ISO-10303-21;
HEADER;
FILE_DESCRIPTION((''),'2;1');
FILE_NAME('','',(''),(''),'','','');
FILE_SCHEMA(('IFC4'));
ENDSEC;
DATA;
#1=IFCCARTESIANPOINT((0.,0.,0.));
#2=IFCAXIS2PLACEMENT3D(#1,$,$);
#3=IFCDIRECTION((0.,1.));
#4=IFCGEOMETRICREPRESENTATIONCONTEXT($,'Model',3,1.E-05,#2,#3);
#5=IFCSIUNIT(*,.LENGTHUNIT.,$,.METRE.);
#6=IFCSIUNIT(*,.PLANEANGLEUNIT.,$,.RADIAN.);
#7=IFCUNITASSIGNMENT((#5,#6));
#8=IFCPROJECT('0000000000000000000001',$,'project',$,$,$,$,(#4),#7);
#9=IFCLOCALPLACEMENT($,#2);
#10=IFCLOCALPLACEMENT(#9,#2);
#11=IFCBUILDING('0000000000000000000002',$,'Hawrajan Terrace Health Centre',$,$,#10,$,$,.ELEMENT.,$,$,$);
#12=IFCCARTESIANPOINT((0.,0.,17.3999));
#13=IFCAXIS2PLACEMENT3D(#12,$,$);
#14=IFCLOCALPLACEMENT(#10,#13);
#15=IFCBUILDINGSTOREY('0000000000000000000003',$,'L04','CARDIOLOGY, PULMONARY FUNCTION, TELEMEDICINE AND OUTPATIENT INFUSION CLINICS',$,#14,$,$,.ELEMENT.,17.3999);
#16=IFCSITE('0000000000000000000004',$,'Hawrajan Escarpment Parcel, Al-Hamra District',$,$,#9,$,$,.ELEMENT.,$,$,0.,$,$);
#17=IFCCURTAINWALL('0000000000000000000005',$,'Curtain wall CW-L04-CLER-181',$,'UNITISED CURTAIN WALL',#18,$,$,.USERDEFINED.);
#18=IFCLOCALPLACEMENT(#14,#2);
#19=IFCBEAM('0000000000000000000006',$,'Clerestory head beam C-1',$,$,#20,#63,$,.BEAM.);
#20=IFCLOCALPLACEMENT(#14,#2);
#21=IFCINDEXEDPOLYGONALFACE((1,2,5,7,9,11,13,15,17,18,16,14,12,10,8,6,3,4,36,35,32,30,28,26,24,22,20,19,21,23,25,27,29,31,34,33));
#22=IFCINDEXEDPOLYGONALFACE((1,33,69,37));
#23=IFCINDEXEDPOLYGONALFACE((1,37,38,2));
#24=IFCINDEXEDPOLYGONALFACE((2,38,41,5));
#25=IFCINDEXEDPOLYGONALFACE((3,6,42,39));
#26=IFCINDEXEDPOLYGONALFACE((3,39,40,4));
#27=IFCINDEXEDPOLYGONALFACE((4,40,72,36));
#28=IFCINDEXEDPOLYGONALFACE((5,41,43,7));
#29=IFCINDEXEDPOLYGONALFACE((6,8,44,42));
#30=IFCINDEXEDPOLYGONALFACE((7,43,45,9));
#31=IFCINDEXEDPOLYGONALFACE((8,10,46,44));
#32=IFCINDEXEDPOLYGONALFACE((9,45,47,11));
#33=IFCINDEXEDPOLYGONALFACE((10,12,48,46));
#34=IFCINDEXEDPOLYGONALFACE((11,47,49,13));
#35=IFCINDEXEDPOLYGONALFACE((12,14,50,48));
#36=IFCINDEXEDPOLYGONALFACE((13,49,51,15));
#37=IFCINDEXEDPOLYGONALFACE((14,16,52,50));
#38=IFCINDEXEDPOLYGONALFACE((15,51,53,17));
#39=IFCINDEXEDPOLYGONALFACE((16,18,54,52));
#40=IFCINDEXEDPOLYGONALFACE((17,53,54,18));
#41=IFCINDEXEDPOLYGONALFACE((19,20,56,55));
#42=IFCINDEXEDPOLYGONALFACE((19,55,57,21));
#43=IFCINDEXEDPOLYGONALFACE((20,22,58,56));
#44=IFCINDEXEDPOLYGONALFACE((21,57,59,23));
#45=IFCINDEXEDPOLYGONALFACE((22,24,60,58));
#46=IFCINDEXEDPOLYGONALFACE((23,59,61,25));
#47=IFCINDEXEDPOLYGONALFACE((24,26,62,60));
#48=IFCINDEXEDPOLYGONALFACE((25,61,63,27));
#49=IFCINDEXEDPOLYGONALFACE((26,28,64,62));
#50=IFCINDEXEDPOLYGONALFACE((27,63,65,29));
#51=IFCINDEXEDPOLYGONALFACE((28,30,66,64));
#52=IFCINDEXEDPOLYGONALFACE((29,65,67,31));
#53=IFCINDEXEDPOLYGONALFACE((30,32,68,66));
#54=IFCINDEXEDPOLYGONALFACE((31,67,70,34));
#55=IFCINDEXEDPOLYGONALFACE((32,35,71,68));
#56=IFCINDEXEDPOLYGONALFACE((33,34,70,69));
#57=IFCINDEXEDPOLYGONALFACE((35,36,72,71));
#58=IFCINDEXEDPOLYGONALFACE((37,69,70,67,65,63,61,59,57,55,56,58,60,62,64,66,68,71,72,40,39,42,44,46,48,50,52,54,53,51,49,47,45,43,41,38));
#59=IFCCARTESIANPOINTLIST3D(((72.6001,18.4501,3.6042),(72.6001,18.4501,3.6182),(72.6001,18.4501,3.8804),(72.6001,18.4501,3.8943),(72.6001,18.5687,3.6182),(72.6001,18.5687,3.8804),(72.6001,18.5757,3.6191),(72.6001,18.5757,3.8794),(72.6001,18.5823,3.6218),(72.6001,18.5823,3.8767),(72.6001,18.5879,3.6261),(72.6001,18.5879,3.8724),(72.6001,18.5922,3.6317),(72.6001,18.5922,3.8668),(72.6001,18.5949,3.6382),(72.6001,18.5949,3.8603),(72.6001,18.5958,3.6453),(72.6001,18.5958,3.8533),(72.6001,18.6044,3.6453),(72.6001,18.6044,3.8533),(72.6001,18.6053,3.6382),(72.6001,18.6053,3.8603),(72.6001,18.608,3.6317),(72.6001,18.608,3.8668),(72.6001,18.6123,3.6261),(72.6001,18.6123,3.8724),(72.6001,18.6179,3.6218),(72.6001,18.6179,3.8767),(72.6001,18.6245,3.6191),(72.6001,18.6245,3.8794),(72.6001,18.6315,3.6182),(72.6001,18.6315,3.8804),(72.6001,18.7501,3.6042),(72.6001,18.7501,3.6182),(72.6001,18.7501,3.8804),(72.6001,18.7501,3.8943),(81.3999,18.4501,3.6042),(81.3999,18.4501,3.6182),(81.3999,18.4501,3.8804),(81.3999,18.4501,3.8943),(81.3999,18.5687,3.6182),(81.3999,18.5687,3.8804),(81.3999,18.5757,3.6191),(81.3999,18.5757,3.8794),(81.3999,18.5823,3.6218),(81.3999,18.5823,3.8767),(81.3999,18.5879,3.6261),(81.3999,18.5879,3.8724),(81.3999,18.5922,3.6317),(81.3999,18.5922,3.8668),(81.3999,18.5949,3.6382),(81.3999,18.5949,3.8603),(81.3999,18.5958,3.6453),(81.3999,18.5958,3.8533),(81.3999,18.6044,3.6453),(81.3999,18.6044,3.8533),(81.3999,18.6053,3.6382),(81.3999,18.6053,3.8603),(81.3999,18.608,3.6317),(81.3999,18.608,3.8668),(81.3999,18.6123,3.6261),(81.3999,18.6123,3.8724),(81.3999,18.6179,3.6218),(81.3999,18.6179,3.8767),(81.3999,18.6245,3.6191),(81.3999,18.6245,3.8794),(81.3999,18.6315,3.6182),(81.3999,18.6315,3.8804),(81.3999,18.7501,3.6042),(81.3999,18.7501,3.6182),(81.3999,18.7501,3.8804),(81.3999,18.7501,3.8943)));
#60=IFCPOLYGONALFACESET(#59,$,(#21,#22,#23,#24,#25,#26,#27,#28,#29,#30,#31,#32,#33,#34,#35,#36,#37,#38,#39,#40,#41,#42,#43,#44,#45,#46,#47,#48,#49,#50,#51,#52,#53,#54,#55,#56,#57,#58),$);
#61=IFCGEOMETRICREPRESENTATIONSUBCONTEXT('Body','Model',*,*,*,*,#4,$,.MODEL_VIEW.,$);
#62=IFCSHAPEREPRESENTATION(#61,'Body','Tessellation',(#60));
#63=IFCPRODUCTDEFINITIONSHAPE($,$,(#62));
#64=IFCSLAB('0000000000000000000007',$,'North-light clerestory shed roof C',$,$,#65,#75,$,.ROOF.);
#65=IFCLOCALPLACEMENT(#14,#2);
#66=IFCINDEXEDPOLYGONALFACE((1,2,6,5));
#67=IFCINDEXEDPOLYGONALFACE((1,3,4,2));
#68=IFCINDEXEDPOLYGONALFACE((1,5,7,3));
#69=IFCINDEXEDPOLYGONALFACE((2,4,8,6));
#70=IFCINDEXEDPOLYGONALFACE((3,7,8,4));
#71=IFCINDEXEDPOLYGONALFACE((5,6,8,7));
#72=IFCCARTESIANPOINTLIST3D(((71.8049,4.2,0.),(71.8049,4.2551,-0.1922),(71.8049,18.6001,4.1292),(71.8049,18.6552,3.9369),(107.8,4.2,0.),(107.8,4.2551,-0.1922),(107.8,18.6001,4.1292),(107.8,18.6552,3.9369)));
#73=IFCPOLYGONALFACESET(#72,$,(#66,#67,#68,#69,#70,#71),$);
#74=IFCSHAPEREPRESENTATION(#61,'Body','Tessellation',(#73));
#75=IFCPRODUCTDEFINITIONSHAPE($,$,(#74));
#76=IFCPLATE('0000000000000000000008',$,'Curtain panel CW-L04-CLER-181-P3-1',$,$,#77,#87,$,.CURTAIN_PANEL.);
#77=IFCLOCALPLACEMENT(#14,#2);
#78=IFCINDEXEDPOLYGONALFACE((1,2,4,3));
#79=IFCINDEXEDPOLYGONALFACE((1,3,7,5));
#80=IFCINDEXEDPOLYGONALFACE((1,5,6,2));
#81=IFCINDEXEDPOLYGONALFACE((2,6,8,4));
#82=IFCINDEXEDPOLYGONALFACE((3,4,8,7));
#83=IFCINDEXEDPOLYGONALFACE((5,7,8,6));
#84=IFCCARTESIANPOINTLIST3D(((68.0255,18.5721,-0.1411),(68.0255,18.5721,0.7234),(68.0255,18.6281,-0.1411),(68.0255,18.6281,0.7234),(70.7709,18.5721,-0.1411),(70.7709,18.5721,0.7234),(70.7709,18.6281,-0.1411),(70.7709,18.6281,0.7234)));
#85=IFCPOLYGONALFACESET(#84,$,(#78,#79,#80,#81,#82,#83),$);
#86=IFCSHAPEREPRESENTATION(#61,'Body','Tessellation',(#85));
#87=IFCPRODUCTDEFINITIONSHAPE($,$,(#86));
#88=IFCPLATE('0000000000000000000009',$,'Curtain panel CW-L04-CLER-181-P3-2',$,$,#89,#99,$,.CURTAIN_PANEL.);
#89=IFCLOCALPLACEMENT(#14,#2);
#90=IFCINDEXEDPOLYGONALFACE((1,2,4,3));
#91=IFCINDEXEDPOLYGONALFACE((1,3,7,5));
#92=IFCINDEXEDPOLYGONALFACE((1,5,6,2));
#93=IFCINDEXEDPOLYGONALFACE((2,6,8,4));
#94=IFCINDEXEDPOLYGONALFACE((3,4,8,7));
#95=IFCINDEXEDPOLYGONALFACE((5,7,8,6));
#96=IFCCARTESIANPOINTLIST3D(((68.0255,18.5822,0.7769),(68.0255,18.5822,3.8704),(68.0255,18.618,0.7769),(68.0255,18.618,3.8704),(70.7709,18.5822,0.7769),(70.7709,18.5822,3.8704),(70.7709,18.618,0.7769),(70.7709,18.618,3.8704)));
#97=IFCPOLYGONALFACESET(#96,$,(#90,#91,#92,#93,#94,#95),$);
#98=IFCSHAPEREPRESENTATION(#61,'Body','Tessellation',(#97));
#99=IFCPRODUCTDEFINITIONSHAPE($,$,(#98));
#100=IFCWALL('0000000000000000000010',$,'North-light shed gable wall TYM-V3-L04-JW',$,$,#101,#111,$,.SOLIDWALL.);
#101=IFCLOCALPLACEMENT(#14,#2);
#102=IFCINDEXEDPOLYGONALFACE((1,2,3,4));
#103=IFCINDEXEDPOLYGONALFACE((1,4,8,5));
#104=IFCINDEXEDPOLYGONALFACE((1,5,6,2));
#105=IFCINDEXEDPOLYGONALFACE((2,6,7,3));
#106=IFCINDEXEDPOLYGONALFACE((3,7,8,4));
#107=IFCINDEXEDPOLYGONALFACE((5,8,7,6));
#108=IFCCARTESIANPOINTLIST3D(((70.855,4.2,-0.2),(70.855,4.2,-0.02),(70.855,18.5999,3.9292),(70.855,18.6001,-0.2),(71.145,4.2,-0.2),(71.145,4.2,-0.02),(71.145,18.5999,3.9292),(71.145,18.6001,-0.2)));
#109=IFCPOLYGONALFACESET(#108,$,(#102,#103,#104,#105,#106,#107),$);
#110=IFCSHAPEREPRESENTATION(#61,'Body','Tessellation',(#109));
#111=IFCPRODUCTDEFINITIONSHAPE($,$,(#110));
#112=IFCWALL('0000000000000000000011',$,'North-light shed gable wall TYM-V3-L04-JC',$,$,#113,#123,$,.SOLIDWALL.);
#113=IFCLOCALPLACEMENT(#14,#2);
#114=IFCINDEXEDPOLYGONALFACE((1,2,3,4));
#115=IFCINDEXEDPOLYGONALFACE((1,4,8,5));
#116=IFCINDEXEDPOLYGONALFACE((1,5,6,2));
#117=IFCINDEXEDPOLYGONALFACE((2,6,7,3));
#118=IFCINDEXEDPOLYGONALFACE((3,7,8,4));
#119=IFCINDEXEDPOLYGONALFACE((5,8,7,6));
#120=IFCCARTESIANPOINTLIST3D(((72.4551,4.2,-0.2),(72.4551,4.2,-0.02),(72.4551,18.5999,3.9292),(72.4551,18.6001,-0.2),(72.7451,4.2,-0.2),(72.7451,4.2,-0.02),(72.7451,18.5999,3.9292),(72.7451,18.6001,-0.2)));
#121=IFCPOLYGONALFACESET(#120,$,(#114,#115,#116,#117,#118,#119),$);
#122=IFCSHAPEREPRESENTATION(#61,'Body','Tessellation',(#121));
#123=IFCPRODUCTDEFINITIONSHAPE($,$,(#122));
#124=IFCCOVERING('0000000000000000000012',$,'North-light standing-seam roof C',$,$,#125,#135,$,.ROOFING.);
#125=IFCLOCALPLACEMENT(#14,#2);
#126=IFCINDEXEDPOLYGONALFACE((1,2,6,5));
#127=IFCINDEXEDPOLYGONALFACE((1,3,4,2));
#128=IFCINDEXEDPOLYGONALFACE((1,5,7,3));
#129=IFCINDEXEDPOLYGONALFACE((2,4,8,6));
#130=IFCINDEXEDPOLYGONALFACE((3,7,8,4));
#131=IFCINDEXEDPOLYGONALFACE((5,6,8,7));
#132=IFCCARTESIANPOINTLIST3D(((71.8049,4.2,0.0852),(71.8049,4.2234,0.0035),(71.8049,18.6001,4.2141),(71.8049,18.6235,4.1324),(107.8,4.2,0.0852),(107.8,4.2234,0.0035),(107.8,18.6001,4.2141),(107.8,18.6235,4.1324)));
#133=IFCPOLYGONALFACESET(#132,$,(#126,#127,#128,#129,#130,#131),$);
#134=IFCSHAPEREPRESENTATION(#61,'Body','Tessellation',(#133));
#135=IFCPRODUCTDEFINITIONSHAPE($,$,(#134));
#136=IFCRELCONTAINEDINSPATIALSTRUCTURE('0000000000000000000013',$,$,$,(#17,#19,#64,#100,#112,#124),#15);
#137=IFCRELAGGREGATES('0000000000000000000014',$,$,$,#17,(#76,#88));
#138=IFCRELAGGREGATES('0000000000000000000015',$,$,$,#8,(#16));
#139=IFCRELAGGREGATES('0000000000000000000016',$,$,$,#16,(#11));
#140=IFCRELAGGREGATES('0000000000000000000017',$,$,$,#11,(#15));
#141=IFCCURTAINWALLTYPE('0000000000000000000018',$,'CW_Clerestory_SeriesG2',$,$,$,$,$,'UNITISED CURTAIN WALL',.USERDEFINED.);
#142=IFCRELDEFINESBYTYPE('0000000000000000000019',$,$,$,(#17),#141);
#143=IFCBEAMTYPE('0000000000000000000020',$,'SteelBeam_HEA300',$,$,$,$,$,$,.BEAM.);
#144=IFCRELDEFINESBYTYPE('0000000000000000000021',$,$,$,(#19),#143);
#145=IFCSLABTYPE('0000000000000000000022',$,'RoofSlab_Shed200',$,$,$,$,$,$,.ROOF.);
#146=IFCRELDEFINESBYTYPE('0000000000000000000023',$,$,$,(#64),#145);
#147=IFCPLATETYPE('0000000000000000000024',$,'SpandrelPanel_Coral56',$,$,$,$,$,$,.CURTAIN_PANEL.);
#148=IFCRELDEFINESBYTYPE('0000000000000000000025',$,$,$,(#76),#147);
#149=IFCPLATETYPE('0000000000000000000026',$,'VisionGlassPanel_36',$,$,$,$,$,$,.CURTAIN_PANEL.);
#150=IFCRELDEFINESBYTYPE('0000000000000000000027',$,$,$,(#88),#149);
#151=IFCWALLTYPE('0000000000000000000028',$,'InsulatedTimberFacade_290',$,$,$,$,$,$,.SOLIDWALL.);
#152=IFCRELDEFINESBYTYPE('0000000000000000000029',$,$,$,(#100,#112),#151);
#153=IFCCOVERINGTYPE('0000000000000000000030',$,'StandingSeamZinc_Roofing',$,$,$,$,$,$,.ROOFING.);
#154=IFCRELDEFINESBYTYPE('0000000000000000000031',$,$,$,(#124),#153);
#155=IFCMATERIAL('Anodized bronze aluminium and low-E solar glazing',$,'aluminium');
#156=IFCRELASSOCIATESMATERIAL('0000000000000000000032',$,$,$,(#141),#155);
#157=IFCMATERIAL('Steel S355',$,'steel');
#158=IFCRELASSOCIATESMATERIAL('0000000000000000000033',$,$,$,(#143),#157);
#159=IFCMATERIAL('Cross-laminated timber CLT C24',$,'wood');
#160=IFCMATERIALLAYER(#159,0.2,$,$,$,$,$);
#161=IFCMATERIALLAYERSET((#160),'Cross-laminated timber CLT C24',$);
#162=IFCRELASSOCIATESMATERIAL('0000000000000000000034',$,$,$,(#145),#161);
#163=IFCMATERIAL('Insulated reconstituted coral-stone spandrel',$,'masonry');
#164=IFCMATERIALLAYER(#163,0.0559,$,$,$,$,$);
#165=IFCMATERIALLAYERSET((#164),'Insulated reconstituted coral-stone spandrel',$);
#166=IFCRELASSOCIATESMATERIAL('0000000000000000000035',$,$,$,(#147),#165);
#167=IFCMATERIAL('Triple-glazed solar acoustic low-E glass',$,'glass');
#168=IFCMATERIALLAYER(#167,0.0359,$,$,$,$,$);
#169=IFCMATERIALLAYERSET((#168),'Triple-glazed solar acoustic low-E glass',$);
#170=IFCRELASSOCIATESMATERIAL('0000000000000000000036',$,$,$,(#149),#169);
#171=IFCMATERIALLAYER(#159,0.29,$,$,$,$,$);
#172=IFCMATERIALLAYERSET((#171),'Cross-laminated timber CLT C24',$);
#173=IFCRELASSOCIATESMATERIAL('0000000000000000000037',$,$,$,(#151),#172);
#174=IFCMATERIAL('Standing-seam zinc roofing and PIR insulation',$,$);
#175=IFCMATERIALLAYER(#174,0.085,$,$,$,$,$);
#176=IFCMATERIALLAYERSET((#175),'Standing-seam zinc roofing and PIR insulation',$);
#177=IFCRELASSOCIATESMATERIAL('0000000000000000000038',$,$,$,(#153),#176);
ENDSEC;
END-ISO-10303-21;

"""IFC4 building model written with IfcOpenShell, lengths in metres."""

from ifc_helpers import new_model, si_unit, direction, frame, origin, origin_2d, place, context, subcontext, project, spatial, polyline, rectangle, i_section, outline, extrude, material, layer, layer_set, material_profile, profile_set, type_object, element, aggregate, save


model = new_model("IFC4")

# Units and contexts
model_context = context("Model", 3, precision=1e-05, world=origin(), true_north=direction((0.0, 1.0)))
body_context = subcontext(model_context, "Body", "Model", "MODEL_VIEW")
ifc_project = project(units=[si_unit("LENGTHUNIT", "METRE"), si_unit("PLANEANGLEUNIT", "RADIAN")], contexts=[model_context])

# Site, building, storey
site_placement = place(None, origin())
site = spatial("IfcSite", under=ifc_project, at=site_placement, Name="Hawrajan Escarpment Parcel, Al-Hamra District", CompositionType="ELEMENT", RefElevation=0.0)
building_placement = place(site_placement, origin())
building = spatial("IfcBuilding", under=site, at=building_placement, Name="Hawrajan Terrace Health Centre", CompositionType="ELEMENT")
storey_placement = place(building_placement, frame((0.0, 0.0, 17.3999)))
storey = spatial("IfcBuildingStorey", under=building, at=storey_placement, Name="L04", Description="CARDIOLOGY, PULMONARY FUNCTION, TELEMEDICINE AND OUTPATIENT INFUSION CLINICS", CompositionType="ELEMENT", Elevation=17.3999)

# Curtain wall
ifc_material_1 = material(Name="Anodized bronze aluminium and low-E solar glazing", Category="aluminium")
curtain_wall_type = type_object("IfcCurtainWallType", Name="CW_Clerestory_SeriesG2", ElementType="UNITISED CURTAIN WALL", PredefinedType="USERDEFINED", material=ifc_material_1)
curtain_wall_placement = place(storey_placement, origin())
curtain_wall = element("IfcCurtainWall", 1, at=curtain_wall_placement, inside=storey, type_object=curtain_wall_type, Name="Curtain wall CW-L04-CLER-181", ObjectType="UNITISED CURTAIN WALL", PredefinedType="USERDEFINED")

# Beam
ifc_material_2 = material(Name="Steel S355", Category="steel")
ifc_material_profile_1 = material_profile(ifc_material_2, i_section(OverallWidth=0.3, OverallDepth=0.29, WebThickness=0.0085, FlangeThickness=0.0139, FilletRadius=0.0271, at=origin_2d()), Name="HEA 300")
ifc_profile_set_1 = profile_set([ifc_material_profile_1], Name="Steel S355")
beam_type = type_object("IfcBeamType", Name="SteelBeam_HEA300", PredefinedType="BEAM", material=ifc_profile_set_1)
beam_placement = place(storey_placement, frame((72.6001, 18.6001, 3.7493), z_axis=(1.0, 0.0, 0.0), x_axis=(0.0, 1.0, 0.0)))
element("IfcBeam", 2, at=beam_placement, inside=storey, type_object=beam_type, Name="Clerestory head beam C-1", PredefinedType="BEAM", context=body_context, shape_type="SweptSolid", body=[
    extrude(i_section(OverallWidth=0.3, OverallDepth=0.29, WebThickness=0.0085, FlangeThickness=0.0139, FilletRadius=0.0271, at=origin_2d()), origin(), (0.0, 0.0, 1.0), 8.7998),
])

# Slab
ifc_material_3 = material(Name="Cross-laminated timber CLT C24", Category="wood")
ifc_layer_1 = layer(ifc_material_3, 0.2)
ifc_layer_set_1 = layer_set([ifc_layer_1], Name="Cross-laminated timber CLT C24")
slab_type = type_object("IfcSlabType", Name="RoofSlab_Shed200", PredefinedType="ROOF", material=ifc_layer_set_1)
slab_placement = place(storey_placement, frame((71.8049, 4.2, 0.0), z_axis=(0.0, -0.275636, 0.961262), x_axis=(1.0, 0.0, 0.0)))
element("IfcSlab", 3, at=slab_placement, inside=storey, type_object=slab_type, Name="North-light clerestory shed roof C", PredefinedType="ROOF", context=body_context, shape_type="SweptSolid", body=[
    extrude(outline(polyline([(0.0, 0.0), (35.9951, 0.0), (35.9951, 14.9805), (0.0, 14.9805), (0.0, 0.0)])), origin(), (0.0, 0.0, -1.0), 0.2),
])

# Plates
ifc_material_4 = material(Name="Insulated reconstituted coral-stone spandrel", Category="masonry")
ifc_layer_2 = layer(ifc_material_4, 0.0559)
ifc_layer_set_2 = layer_set([ifc_layer_2], Name="Insulated reconstituted coral-stone spandrel")
plate_type_1 = type_object("IfcPlateType", Name="SpandrelPanel_Coral56", PredefinedType="CURTAIN_PANEL", material=ifc_layer_set_2)
plate_1_placement = place(storey_placement, frame((69.3982, 18.6001, -0.1411), z_axis=(0.0, 0.0, 1.0), x_axis=(1.0, 0.0, 0.0)))
plate_1 = element("IfcPlate", 4, at=plate_1_placement, type_object=plate_type_1, Name="Curtain panel CW-L04-CLER-181-P3-1", PredefinedType="CURTAIN_PANEL", context=body_context, shape_type="SweptSolid", body=[
    extrude(rectangle(XDim=2.7454, YDim=0.0559, at=origin_2d()), origin(), (0.0, 0.0, 1.0), 0.8645),
])
ifc_material_5 = material(Name="Triple-glazed solar acoustic low-E glass", Category="glass")
ifc_layer_3 = layer(ifc_material_5, 0.0359)
ifc_layer_set_3 = layer_set([ifc_layer_3], Name="Triple-glazed solar acoustic low-E glass")
plate_type_2 = type_object("IfcPlateType", Name="VisionGlassPanel_36", PredefinedType="CURTAIN_PANEL", material=ifc_layer_set_3)
plate_2_placement = place(storey_placement, frame((69.3982, 18.6001, 0.7769), z_axis=(0.0, 0.0, 1.0), x_axis=(1.0, 0.0, 0.0)))
plate_2 = element("IfcPlate", 5, at=plate_2_placement, type_object=plate_type_2, Name="Curtain panel CW-L04-CLER-181-P3-2", PredefinedType="CURTAIN_PANEL", context=body_context, shape_type="SweptSolid", body=[
    extrude(rectangle(XDim=2.7454, YDim=0.0359, at=origin_2d()), origin(), (0.0, 0.0, 1.0), 3.0935),
])
aggregate(curtain_wall, [plate_1, plate_2])

# Walls
ifc_layer_4 = layer(ifc_material_3, 0.29)
ifc_layer_set_4 = layer_set([ifc_layer_4], Name="Cross-laminated timber CLT C24")
wall_type = type_object("IfcWallType", Name="InsulatedTimberFacade_290", PredefinedType="SOLIDWALL", material=ifc_layer_set_4)
for number, where, z_axis, x_axis, name in (
    (6, (71.0, 4.2, -0.2), (0.0, 0.0, 1.0), (0.0, 1.0, 0.0), "North-light shed gable wall TYM-V3-L04-JW"),
    (7, (72.6001, 4.2, -0.2), (0.0, 0.0, 1.0), (0.0, 1.0, 0.0), "North-light shed gable wall TYM-V3-L04-JC"),
):
    element("IfcWall", number, at=place(storey_placement, frame(where, z_axis=z_axis, x_axis=x_axis)), inside=storey, type_object=wall_type, Name=name, PredefinedType="SOLIDWALL", context=body_context, shape_type="SweptSolid", body=[
        extrude(outline(polyline([(0.0, 0.0), (14.4001, 0.0), (14.3999, 4.1292), (0.0, 0.1799), (0.0, 0.0)])), frame((0.0, 0.145, 0.0), z_axis=(0.0, -1.0, 0.0), x_axis=(1.0, 0.0, 0.0)), (0.0, 0.0, 1.0), 0.29),
    ])

# Covering
ifc_material_6 = material(Name="Standing-seam zinc roofing and PIR insulation")
ifc_layer_5 = layer(ifc_material_6, 0.085)
ifc_layer_set_5 = layer_set([ifc_layer_5], Name="Standing-seam zinc roofing and PIR insulation")
covering_type = type_object("IfcCoveringType", Name="StandingSeamZinc_Roofing", PredefinedType="ROOFING", material=ifc_layer_set_5)
covering_placement = place(storey_placement, frame((71.8049, 4.2, 0.0852), z_axis=(0.0, -0.275621, 0.961266), x_axis=(1.0, 0.0, 0.0)))
element("IfcCovering", 8, at=covering_placement, inside=storey, type_object=covering_type, Name="North-light standing-seam roof C", PredefinedType="ROOFING", context=body_context, shape_type="SweptSolid", body=[
    extrude(outline(polyline([(0.0, 0.0), (35.9951, 0.0), (35.9951, 14.9804), (0.0, 14.9804), (0.0, 0.0)])), origin(), (0.0, 0.0, -1.0), 0.085),
])

save(model, "model.ifc")
